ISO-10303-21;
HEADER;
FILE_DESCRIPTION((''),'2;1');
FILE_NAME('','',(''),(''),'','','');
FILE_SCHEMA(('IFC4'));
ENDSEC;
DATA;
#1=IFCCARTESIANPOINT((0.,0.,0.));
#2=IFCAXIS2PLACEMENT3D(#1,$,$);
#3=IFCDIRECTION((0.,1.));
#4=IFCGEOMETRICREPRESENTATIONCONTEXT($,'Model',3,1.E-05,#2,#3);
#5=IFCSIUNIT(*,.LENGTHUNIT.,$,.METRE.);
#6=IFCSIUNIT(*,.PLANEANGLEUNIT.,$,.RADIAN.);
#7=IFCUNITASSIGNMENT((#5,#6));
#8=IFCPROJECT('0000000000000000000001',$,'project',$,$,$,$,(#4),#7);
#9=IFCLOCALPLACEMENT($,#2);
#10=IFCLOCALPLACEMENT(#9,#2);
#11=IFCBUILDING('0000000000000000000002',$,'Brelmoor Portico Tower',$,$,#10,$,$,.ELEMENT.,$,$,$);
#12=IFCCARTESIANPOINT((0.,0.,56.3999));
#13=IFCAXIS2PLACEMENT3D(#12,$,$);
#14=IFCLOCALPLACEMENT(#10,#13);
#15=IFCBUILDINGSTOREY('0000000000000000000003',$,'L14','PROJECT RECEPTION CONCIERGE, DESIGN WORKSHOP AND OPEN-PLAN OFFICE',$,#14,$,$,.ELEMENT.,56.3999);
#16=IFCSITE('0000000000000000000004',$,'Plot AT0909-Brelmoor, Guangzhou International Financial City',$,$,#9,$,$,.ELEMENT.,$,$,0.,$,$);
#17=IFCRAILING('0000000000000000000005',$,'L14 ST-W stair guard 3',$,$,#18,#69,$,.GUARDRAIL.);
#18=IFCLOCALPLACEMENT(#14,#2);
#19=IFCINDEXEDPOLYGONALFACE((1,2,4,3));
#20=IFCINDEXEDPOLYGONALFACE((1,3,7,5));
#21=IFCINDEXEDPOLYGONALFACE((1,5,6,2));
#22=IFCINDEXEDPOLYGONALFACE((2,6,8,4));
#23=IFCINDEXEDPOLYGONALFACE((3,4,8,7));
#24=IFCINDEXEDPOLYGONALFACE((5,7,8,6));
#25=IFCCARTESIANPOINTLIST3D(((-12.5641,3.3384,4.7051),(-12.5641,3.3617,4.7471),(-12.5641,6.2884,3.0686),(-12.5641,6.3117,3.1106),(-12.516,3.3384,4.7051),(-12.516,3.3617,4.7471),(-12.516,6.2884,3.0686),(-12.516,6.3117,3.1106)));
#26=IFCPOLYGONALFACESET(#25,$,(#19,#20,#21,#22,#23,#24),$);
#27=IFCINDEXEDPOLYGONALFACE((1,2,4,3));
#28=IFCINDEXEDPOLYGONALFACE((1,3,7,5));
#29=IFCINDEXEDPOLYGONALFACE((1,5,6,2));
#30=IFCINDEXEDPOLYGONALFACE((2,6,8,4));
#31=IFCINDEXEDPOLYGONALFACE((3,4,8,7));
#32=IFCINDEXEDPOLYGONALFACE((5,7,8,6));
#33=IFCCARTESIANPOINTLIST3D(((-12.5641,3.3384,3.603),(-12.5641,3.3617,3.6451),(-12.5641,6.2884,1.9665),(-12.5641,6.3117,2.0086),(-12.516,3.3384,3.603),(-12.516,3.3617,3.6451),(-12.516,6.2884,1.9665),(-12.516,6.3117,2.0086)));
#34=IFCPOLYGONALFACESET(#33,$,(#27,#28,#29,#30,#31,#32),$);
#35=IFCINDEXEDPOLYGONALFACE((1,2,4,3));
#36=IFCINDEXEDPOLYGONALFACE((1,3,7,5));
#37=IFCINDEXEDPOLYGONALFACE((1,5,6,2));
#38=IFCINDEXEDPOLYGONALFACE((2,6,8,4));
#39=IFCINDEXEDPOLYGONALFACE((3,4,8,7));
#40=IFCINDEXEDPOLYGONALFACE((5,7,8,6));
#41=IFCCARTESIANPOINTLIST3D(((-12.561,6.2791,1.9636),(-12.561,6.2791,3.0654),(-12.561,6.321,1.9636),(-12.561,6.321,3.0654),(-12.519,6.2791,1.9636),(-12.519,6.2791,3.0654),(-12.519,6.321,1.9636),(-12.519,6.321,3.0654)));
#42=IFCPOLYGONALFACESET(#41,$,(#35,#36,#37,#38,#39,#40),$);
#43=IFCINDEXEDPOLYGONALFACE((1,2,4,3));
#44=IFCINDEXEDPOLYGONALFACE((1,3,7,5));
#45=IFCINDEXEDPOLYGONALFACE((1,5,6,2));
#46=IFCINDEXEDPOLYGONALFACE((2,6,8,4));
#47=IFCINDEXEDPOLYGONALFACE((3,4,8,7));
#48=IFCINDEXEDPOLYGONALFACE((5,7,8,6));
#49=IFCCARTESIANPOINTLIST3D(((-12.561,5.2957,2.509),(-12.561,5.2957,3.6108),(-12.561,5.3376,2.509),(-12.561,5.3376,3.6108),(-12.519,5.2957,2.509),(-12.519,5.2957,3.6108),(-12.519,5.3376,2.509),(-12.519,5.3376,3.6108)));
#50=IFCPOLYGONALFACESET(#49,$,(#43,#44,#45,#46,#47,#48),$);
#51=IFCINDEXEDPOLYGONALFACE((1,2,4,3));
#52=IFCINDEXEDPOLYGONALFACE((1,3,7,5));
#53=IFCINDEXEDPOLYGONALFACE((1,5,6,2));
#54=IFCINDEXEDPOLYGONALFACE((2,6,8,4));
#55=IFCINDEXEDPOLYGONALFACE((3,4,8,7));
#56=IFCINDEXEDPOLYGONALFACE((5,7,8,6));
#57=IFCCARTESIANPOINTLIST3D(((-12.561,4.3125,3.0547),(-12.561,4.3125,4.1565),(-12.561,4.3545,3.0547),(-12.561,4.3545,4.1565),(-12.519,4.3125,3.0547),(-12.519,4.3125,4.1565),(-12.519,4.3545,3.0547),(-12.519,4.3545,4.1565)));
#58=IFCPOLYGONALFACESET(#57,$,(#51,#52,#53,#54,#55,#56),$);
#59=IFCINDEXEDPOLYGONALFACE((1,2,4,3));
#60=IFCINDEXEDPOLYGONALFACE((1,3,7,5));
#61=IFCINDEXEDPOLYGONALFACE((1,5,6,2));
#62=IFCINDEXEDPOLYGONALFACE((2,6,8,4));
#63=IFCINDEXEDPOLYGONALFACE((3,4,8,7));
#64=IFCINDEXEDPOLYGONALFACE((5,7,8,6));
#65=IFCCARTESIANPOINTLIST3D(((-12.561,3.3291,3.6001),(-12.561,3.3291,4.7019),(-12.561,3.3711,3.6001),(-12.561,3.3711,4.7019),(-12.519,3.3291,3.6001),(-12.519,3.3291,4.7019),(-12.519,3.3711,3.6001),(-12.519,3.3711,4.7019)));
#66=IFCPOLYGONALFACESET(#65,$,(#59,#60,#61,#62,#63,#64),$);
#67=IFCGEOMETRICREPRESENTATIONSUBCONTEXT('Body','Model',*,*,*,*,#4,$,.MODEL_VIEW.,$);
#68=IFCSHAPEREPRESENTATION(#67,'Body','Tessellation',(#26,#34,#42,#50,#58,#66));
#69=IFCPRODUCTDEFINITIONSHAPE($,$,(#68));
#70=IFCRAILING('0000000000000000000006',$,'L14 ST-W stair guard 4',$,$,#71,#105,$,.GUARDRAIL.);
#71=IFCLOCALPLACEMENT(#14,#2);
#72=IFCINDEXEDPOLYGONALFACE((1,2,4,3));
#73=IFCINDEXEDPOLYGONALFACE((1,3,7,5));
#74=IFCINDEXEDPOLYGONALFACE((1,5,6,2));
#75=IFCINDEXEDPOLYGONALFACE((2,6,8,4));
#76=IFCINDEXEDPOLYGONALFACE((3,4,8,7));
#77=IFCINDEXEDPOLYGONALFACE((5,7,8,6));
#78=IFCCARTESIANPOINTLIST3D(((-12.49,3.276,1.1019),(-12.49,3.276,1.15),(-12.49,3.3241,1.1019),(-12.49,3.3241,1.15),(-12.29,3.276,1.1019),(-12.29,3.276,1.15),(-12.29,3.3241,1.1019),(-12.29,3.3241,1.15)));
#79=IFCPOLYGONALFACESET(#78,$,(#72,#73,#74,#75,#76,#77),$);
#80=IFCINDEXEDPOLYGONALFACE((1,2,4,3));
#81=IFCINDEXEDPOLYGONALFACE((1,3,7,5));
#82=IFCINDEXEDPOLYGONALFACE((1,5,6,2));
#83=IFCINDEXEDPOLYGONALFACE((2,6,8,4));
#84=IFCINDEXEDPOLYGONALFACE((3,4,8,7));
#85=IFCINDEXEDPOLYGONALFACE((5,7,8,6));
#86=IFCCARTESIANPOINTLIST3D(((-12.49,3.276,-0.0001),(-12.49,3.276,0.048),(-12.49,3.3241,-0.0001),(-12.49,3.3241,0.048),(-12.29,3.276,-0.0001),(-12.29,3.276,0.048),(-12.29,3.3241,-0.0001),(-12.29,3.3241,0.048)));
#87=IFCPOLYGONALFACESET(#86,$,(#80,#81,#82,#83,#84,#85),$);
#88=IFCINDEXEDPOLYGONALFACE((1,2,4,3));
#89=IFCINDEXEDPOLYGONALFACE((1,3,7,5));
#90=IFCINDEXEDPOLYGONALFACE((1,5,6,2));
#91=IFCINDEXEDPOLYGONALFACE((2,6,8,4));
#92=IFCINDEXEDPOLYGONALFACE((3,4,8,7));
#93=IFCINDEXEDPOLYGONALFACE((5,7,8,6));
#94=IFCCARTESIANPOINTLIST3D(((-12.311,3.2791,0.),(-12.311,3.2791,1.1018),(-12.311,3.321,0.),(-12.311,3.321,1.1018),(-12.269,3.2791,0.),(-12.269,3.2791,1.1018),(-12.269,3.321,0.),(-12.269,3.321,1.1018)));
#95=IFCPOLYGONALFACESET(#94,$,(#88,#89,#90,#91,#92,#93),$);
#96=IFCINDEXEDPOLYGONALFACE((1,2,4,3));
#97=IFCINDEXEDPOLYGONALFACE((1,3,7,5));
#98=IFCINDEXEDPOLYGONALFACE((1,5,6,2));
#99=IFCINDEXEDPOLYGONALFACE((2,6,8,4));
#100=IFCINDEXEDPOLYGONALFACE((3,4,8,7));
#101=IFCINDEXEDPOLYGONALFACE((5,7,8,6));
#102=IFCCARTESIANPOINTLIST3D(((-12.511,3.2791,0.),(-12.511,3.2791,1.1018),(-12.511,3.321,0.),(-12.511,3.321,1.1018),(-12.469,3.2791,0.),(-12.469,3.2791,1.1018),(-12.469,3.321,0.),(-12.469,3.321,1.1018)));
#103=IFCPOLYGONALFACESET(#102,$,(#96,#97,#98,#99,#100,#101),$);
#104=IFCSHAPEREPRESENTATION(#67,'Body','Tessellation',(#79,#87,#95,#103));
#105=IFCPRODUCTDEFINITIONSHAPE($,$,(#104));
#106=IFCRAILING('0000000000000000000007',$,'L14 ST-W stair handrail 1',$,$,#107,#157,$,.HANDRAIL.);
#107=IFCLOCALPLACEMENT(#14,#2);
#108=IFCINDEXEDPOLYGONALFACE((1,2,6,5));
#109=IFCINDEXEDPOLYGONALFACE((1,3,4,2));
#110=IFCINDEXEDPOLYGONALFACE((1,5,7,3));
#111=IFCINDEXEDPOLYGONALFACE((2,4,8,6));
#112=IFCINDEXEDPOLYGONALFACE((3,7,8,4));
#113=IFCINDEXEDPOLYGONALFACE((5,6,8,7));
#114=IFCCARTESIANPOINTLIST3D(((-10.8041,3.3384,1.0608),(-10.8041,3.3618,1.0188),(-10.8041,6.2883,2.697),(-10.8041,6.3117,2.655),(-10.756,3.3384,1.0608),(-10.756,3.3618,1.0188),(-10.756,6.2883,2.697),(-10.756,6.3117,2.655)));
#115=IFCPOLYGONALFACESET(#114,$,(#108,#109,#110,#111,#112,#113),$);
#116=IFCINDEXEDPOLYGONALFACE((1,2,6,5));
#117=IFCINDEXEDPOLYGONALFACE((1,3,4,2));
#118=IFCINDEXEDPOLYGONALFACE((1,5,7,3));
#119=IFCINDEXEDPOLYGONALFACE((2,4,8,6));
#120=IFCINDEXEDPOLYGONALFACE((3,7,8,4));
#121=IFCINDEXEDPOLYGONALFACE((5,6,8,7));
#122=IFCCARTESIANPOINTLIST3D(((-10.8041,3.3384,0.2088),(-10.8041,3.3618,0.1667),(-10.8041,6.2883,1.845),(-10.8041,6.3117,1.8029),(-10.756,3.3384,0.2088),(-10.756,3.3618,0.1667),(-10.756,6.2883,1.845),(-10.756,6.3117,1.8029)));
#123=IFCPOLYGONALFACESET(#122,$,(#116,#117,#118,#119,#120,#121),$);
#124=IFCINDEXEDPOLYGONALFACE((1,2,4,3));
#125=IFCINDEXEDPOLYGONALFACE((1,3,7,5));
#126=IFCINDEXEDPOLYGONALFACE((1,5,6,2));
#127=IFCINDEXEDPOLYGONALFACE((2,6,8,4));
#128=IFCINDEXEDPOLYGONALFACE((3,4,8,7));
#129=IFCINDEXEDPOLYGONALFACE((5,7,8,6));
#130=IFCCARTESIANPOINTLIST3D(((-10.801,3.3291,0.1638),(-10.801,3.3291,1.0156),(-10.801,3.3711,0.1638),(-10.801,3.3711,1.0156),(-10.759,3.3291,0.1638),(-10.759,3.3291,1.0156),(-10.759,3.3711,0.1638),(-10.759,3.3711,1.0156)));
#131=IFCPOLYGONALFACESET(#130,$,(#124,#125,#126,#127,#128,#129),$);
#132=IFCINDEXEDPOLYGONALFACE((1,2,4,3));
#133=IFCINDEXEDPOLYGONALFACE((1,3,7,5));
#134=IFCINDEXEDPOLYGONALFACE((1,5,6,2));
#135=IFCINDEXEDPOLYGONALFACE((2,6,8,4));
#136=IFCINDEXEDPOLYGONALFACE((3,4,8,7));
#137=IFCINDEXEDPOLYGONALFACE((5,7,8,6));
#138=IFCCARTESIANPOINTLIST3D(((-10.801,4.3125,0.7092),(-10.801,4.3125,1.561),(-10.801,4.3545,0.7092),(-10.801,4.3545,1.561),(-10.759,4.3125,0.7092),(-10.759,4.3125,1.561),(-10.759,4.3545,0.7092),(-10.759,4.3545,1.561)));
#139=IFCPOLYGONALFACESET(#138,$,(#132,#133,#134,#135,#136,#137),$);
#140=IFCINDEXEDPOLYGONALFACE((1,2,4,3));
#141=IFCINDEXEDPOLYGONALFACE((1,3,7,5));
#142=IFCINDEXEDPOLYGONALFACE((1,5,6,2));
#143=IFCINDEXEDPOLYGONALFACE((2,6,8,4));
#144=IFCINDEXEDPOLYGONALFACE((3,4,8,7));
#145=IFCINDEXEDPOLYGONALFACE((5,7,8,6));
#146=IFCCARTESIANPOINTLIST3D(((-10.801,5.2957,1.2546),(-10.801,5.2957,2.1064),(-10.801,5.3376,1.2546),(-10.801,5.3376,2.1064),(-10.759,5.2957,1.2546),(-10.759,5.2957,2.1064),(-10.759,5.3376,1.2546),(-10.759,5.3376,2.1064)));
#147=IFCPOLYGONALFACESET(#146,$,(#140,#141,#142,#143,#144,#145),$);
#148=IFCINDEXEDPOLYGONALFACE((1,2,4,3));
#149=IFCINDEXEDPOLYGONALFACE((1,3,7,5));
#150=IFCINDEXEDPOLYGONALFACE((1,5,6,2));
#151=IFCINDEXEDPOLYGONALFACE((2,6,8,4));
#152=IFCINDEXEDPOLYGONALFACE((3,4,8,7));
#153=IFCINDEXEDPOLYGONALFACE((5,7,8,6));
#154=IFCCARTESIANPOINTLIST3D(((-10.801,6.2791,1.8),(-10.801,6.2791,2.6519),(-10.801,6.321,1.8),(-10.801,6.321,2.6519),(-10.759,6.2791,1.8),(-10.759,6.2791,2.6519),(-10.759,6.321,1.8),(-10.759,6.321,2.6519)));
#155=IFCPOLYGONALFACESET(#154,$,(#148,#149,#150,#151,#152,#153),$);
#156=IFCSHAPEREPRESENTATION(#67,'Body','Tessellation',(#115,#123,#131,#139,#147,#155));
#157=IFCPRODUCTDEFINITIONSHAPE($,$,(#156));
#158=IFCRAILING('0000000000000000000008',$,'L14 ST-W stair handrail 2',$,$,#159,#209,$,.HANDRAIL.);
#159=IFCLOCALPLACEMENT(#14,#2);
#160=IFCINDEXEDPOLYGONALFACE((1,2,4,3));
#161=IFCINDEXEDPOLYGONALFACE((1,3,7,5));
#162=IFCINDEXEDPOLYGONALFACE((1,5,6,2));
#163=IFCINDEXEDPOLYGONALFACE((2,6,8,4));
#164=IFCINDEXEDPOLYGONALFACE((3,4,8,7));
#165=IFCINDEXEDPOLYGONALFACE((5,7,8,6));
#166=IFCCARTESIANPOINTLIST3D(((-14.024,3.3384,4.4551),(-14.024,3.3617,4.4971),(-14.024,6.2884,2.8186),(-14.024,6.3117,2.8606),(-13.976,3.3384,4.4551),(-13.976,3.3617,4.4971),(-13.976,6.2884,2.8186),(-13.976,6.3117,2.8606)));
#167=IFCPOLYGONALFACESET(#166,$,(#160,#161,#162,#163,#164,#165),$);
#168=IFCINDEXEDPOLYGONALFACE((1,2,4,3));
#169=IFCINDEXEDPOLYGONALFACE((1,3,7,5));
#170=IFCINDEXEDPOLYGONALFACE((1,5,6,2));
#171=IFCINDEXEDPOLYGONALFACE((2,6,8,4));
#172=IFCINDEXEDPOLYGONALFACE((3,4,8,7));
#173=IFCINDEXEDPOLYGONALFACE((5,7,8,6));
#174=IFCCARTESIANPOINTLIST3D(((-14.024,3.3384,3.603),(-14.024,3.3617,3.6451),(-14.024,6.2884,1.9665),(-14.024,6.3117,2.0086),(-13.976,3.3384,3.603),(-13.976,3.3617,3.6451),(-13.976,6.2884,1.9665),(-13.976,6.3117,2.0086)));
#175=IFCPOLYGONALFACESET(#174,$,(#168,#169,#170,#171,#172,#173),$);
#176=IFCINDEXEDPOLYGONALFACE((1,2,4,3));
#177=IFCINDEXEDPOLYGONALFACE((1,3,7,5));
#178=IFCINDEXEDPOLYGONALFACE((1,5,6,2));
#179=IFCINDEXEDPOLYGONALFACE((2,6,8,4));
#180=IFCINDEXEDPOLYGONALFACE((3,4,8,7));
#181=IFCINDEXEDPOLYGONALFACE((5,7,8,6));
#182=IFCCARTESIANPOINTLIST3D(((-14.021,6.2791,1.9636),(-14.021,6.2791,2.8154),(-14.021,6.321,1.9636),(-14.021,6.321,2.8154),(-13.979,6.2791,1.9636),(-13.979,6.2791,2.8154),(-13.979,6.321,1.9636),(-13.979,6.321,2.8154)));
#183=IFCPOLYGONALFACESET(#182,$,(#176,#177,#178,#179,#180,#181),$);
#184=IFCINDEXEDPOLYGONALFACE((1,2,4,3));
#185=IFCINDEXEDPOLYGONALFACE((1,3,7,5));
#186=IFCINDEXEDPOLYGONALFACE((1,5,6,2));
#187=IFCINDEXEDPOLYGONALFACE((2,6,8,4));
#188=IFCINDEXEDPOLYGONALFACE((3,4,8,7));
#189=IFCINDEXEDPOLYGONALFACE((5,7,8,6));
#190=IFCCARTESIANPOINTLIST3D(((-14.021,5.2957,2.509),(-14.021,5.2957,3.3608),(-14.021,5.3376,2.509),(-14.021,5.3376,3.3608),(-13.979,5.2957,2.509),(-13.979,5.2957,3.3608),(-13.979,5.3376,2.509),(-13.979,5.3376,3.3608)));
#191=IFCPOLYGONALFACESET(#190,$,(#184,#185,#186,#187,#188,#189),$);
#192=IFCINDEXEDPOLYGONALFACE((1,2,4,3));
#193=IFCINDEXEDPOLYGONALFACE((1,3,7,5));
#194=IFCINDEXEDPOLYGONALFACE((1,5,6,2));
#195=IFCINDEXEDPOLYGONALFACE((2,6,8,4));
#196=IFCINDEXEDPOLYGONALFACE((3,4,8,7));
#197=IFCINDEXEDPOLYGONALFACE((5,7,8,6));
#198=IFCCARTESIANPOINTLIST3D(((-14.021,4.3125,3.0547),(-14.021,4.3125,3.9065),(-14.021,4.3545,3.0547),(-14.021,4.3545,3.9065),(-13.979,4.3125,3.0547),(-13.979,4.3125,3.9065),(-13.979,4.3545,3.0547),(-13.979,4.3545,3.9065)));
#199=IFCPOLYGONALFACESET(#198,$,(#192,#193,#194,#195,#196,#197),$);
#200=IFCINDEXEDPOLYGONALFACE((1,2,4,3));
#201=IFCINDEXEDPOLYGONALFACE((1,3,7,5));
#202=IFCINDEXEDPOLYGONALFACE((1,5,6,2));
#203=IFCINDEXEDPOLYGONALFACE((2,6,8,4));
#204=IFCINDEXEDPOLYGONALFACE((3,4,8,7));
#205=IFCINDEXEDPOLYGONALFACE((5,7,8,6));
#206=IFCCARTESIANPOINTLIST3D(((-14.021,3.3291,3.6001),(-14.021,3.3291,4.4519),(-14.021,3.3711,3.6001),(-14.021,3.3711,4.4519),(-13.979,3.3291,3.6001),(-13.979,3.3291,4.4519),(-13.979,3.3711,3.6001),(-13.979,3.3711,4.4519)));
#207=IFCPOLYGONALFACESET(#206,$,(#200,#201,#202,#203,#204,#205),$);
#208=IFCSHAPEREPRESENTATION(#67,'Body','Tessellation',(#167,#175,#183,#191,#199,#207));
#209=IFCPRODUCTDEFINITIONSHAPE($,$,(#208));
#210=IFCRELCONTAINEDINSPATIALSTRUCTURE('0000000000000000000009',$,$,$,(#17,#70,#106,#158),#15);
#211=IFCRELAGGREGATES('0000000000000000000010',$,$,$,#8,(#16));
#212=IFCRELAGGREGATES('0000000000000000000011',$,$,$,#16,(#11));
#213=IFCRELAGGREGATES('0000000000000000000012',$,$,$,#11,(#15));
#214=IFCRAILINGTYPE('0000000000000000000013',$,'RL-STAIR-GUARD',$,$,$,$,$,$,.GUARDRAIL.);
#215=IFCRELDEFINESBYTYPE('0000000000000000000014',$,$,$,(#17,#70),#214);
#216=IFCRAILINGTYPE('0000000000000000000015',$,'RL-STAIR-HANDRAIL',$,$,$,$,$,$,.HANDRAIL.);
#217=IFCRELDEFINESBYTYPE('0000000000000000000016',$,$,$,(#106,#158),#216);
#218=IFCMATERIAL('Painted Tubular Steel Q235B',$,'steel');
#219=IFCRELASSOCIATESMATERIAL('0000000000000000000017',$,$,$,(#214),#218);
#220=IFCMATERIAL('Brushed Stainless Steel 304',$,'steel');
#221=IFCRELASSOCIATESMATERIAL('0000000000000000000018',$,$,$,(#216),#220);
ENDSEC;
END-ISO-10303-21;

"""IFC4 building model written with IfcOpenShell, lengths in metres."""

from ifc_helpers import new_model, si_unit, direction, frame, origin, origin_2d, place, context, subcontext, project, spatial, rectangle, extrude, material, type_object, element, save


model = new_model("IFC4")

# Units and contexts
model_context = context("Model", 3, precision=1e-05, world=origin(), true_north=direction((0.0, 1.0)))
body_context = subcontext(model_context, "Body", "Model", "MODEL_VIEW")
ifc_project = project(units=[si_unit("LENGTHUNIT", "METRE"), si_unit("PLANEANGLEUNIT", "RADIAN")], contexts=[model_context])

# Site, building, storey
site_placement = place(None, origin())
site = spatial("IfcSite", under=ifc_project, at=site_placement, Name="Plot AT0909-Brelmoor, Guangzhou International Financial City", CompositionType="ELEMENT", RefElevation=0.0)
building_placement = place(site_placement, origin())
building = spatial("IfcBuilding", under=site, at=building_placement, Name="Brelmoor Portico Tower", CompositionType="ELEMENT")
storey_placement = place(building_placement, frame((0.0, 0.0, 56.3999)))
storey = spatial("IfcBuildingStorey", under=building, at=storey_placement, Name="L14", Description="PROJECT RECEPTION CONCIERGE, DESIGN WORKSHOP AND OPEN-PLAN OFFICE", CompositionType="ELEMENT", Elevation=56.3999)

# Railings
ifc_material_1 = material(Name="Painted Tubular Steel Q235B", Category="steel")
railing_type_1 = type_object("IfcRailingType", Name="RL-STAIR-GUARD", PredefinedType="GUARDRAIL", material=ifc_material_1)
railing_1_placement = place(storey_placement, frame((-12.54, 6.3, 1.9636)))
element("IfcRailing", 1, at=railing_1_placement, inside=storey, type_object=railing_type_1, Name="L14 ST-W stair guard 3", PredefinedType="GUARDRAIL", context=body_context, shape_type="SweptSolid", body=[
    extrude(rectangle(XDim=0.0481, YDim=0.0481, at=origin_2d()), frame((0.0, 0.0, 1.126), z_axis=(0.0, -0.874458, 0.485102), x_axis=(1.0, 0.0, 0.0)), (0.0, 0.0, 1.0), 3.3735),
    extrude(rectangle(XDim=0.0481, YDim=0.0481, at=origin_2d()), frame((0.0, 0.0, 0.0239), z_axis=(0.0, -0.874458, 0.485102), x_axis=(1.0, 0.0, 0.0)), (0.0, 0.0, 1.0), 3.3735),
    extrude(rectangle(XDim=0.042, YDim=0.042, at=origin_2d()), origin(), (0.0, 0.0, 1.0), 1.1018),
    extrude(rectangle(XDim=0.042, YDim=0.042, at=origin_2d()), frame((0.0, -0.9834, 0.5454)), (0.0, 0.0, 1.0), 1.1018),
    extrude(rectangle(XDim=0.042, YDim=0.042, at=origin_2d()), frame((0.0, -1.9666, 1.0911)), (0.0, 0.0, 1.0), 1.1018),
    extrude(rectangle(XDim=0.042, YDim=0.042, at=origin_2d()), frame((0.0, -2.95, 1.6365)), (0.0, 0.0, 1.0), 1.1018),
])
railing_2_placement = place(storey_placement, frame((-12.29, 3.3, 0.0)))
element("IfcRailing", 2, at=railing_2_placement, inside=storey, type_object=railing_type_1, Name="L14 ST-W stair guard 4", PredefinedType="GUARDRAIL", context=body_context, shape_type="SweptSolid", body=[
    extrude(rectangle(XDim=0.0481, YDim=0.0481, at=origin_2d()), frame((0.0, 0.0, 1.126), z_axis=(-1.0, 0.0, 0.0), x_axis=(0.0, -1.0, 0.0)), (0.0, 0.0, 1.0), 0.2),
    extrude(rectangle(XDim=0.0481, YDim=0.0481, at=origin_2d()), frame((0.0, 0.0, 0.0239), z_axis=(-1.0, 0.0, 0.0), x_axis=(0.0, -1.0, 0.0)), (0.0, 0.0, 1.0), 0.2),
    extrude(rectangle(XDim=0.042, YDim=0.042, at=origin_2d()), origin(), (0.0, 0.0, 1.0), 1.1018),
    extrude(rectangle(XDim=0.042, YDim=0.042, at=origin_2d()), frame((-0.2, 0.0, 0.0)), (0.0, 0.0, 1.0), 1.1018),
])
ifc_material_2 = material(Name="Brushed Stainless Steel 304", Category="steel")
railing_type_2 = type_object("IfcRailingType", Name="RL-STAIR-HANDRAIL", PredefinedType="HANDRAIL", material=ifc_material_2)
railing_3_placement = place(storey_placement, frame((-10.78, 3.3501, 0.1638)))
element("IfcRailing", 3, at=railing_3_placement, inside=storey, type_object=railing_type_2, Name="L14 ST-W stair handrail 1", PredefinedType="HANDRAIL", context=body_context, shape_type="SweptSolid", body=[
    extrude(rectangle(XDim=0.0481, YDim=0.0481, at=origin_2d()), frame((0.0, 0.0, 0.876), z_axis=(0.0, 0.874488, 0.485047), x_axis=(-1.0, 0.0, 0.0)), (0.0, 0.0, 1.0), 3.3733),
    extrude(rectangle(XDim=0.0481, YDim=0.0481, at=origin_2d()), frame((0.0, 0.0, 0.0239), z_axis=(0.0, 0.874488, 0.485047), x_axis=(-1.0, 0.0, 0.0)), (0.0, 0.0, 1.0), 3.3733),
    extrude(rectangle(XDim=0.042, YDim=0.042, at=origin_2d()), origin(), (0.0, 0.0, 1.0), 0.8518),
    extrude(rectangle(XDim=0.042, YDim=0.042, at=origin_2d()), frame((0.0, 0.9834, 0.5454)), (0.0, 0.0, 1.0), 0.8518),
    extrude(rectangle(XDim=0.042, YDim=0.042, at=origin_2d()), frame((0.0, 1.9666, 1.0908)), (0.0, 0.0, 1.0), 0.8518),
    extrude(rectangle(XDim=0.042, YDim=0.042, at=origin_2d()), frame((0.0, 2.95, 1.6362)), (0.0, 0.0, 1.0), 0.8518),
])
railing_4_placement = place(storey_placement, frame((-14.0, 6.3, 1.9636)))
element("IfcRailing", 4, at=railing_4_placement, inside=storey, type_object=railing_type_2, Name="L14 ST-W stair handrail 2", PredefinedType="HANDRAIL", context=body_context, shape_type="SweptSolid", body=[
    extrude(rectangle(XDim=0.0481, YDim=0.0481, at=origin_2d()), frame((0.0, 0.0, 0.876), z_axis=(0.0, -0.874458, 0.485102), x_axis=(1.0, 0.0, 0.0)), (0.0, 0.0, 1.0), 3.3735),
    extrude(rectangle(XDim=0.0481, YDim=0.0481, at=origin_2d()), frame((0.0, 0.0, 0.0239), z_axis=(0.0, -0.874458, 0.485102), x_axis=(1.0, 0.0, 0.0)), (0.0, 0.0, 1.0), 3.3735),
    extrude(rectangle(XDim=0.042, YDim=0.042, at=origin_2d()), origin(), (0.0, 0.0, 1.0), 0.8518),
    extrude(rectangle(XDim=0.042, YDim=0.042, at=origin_2d()), frame((0.0, -0.9834, 0.5454)), (0.0, 0.0, 1.0), 0.8518),
    extrude(rectangle(XDim=0.042, YDim=0.042, at=origin_2d()), frame((0.0, -1.9666, 1.0911)), (0.0, 0.0, 1.0), 0.8518),
    extrude(rectangle(XDim=0.042, YDim=0.042, at=origin_2d()), frame((0.0, -2.95, 1.6365)), (0.0, 0.0, 1.0), 0.8518),
])

save(model, "model.ifc")
